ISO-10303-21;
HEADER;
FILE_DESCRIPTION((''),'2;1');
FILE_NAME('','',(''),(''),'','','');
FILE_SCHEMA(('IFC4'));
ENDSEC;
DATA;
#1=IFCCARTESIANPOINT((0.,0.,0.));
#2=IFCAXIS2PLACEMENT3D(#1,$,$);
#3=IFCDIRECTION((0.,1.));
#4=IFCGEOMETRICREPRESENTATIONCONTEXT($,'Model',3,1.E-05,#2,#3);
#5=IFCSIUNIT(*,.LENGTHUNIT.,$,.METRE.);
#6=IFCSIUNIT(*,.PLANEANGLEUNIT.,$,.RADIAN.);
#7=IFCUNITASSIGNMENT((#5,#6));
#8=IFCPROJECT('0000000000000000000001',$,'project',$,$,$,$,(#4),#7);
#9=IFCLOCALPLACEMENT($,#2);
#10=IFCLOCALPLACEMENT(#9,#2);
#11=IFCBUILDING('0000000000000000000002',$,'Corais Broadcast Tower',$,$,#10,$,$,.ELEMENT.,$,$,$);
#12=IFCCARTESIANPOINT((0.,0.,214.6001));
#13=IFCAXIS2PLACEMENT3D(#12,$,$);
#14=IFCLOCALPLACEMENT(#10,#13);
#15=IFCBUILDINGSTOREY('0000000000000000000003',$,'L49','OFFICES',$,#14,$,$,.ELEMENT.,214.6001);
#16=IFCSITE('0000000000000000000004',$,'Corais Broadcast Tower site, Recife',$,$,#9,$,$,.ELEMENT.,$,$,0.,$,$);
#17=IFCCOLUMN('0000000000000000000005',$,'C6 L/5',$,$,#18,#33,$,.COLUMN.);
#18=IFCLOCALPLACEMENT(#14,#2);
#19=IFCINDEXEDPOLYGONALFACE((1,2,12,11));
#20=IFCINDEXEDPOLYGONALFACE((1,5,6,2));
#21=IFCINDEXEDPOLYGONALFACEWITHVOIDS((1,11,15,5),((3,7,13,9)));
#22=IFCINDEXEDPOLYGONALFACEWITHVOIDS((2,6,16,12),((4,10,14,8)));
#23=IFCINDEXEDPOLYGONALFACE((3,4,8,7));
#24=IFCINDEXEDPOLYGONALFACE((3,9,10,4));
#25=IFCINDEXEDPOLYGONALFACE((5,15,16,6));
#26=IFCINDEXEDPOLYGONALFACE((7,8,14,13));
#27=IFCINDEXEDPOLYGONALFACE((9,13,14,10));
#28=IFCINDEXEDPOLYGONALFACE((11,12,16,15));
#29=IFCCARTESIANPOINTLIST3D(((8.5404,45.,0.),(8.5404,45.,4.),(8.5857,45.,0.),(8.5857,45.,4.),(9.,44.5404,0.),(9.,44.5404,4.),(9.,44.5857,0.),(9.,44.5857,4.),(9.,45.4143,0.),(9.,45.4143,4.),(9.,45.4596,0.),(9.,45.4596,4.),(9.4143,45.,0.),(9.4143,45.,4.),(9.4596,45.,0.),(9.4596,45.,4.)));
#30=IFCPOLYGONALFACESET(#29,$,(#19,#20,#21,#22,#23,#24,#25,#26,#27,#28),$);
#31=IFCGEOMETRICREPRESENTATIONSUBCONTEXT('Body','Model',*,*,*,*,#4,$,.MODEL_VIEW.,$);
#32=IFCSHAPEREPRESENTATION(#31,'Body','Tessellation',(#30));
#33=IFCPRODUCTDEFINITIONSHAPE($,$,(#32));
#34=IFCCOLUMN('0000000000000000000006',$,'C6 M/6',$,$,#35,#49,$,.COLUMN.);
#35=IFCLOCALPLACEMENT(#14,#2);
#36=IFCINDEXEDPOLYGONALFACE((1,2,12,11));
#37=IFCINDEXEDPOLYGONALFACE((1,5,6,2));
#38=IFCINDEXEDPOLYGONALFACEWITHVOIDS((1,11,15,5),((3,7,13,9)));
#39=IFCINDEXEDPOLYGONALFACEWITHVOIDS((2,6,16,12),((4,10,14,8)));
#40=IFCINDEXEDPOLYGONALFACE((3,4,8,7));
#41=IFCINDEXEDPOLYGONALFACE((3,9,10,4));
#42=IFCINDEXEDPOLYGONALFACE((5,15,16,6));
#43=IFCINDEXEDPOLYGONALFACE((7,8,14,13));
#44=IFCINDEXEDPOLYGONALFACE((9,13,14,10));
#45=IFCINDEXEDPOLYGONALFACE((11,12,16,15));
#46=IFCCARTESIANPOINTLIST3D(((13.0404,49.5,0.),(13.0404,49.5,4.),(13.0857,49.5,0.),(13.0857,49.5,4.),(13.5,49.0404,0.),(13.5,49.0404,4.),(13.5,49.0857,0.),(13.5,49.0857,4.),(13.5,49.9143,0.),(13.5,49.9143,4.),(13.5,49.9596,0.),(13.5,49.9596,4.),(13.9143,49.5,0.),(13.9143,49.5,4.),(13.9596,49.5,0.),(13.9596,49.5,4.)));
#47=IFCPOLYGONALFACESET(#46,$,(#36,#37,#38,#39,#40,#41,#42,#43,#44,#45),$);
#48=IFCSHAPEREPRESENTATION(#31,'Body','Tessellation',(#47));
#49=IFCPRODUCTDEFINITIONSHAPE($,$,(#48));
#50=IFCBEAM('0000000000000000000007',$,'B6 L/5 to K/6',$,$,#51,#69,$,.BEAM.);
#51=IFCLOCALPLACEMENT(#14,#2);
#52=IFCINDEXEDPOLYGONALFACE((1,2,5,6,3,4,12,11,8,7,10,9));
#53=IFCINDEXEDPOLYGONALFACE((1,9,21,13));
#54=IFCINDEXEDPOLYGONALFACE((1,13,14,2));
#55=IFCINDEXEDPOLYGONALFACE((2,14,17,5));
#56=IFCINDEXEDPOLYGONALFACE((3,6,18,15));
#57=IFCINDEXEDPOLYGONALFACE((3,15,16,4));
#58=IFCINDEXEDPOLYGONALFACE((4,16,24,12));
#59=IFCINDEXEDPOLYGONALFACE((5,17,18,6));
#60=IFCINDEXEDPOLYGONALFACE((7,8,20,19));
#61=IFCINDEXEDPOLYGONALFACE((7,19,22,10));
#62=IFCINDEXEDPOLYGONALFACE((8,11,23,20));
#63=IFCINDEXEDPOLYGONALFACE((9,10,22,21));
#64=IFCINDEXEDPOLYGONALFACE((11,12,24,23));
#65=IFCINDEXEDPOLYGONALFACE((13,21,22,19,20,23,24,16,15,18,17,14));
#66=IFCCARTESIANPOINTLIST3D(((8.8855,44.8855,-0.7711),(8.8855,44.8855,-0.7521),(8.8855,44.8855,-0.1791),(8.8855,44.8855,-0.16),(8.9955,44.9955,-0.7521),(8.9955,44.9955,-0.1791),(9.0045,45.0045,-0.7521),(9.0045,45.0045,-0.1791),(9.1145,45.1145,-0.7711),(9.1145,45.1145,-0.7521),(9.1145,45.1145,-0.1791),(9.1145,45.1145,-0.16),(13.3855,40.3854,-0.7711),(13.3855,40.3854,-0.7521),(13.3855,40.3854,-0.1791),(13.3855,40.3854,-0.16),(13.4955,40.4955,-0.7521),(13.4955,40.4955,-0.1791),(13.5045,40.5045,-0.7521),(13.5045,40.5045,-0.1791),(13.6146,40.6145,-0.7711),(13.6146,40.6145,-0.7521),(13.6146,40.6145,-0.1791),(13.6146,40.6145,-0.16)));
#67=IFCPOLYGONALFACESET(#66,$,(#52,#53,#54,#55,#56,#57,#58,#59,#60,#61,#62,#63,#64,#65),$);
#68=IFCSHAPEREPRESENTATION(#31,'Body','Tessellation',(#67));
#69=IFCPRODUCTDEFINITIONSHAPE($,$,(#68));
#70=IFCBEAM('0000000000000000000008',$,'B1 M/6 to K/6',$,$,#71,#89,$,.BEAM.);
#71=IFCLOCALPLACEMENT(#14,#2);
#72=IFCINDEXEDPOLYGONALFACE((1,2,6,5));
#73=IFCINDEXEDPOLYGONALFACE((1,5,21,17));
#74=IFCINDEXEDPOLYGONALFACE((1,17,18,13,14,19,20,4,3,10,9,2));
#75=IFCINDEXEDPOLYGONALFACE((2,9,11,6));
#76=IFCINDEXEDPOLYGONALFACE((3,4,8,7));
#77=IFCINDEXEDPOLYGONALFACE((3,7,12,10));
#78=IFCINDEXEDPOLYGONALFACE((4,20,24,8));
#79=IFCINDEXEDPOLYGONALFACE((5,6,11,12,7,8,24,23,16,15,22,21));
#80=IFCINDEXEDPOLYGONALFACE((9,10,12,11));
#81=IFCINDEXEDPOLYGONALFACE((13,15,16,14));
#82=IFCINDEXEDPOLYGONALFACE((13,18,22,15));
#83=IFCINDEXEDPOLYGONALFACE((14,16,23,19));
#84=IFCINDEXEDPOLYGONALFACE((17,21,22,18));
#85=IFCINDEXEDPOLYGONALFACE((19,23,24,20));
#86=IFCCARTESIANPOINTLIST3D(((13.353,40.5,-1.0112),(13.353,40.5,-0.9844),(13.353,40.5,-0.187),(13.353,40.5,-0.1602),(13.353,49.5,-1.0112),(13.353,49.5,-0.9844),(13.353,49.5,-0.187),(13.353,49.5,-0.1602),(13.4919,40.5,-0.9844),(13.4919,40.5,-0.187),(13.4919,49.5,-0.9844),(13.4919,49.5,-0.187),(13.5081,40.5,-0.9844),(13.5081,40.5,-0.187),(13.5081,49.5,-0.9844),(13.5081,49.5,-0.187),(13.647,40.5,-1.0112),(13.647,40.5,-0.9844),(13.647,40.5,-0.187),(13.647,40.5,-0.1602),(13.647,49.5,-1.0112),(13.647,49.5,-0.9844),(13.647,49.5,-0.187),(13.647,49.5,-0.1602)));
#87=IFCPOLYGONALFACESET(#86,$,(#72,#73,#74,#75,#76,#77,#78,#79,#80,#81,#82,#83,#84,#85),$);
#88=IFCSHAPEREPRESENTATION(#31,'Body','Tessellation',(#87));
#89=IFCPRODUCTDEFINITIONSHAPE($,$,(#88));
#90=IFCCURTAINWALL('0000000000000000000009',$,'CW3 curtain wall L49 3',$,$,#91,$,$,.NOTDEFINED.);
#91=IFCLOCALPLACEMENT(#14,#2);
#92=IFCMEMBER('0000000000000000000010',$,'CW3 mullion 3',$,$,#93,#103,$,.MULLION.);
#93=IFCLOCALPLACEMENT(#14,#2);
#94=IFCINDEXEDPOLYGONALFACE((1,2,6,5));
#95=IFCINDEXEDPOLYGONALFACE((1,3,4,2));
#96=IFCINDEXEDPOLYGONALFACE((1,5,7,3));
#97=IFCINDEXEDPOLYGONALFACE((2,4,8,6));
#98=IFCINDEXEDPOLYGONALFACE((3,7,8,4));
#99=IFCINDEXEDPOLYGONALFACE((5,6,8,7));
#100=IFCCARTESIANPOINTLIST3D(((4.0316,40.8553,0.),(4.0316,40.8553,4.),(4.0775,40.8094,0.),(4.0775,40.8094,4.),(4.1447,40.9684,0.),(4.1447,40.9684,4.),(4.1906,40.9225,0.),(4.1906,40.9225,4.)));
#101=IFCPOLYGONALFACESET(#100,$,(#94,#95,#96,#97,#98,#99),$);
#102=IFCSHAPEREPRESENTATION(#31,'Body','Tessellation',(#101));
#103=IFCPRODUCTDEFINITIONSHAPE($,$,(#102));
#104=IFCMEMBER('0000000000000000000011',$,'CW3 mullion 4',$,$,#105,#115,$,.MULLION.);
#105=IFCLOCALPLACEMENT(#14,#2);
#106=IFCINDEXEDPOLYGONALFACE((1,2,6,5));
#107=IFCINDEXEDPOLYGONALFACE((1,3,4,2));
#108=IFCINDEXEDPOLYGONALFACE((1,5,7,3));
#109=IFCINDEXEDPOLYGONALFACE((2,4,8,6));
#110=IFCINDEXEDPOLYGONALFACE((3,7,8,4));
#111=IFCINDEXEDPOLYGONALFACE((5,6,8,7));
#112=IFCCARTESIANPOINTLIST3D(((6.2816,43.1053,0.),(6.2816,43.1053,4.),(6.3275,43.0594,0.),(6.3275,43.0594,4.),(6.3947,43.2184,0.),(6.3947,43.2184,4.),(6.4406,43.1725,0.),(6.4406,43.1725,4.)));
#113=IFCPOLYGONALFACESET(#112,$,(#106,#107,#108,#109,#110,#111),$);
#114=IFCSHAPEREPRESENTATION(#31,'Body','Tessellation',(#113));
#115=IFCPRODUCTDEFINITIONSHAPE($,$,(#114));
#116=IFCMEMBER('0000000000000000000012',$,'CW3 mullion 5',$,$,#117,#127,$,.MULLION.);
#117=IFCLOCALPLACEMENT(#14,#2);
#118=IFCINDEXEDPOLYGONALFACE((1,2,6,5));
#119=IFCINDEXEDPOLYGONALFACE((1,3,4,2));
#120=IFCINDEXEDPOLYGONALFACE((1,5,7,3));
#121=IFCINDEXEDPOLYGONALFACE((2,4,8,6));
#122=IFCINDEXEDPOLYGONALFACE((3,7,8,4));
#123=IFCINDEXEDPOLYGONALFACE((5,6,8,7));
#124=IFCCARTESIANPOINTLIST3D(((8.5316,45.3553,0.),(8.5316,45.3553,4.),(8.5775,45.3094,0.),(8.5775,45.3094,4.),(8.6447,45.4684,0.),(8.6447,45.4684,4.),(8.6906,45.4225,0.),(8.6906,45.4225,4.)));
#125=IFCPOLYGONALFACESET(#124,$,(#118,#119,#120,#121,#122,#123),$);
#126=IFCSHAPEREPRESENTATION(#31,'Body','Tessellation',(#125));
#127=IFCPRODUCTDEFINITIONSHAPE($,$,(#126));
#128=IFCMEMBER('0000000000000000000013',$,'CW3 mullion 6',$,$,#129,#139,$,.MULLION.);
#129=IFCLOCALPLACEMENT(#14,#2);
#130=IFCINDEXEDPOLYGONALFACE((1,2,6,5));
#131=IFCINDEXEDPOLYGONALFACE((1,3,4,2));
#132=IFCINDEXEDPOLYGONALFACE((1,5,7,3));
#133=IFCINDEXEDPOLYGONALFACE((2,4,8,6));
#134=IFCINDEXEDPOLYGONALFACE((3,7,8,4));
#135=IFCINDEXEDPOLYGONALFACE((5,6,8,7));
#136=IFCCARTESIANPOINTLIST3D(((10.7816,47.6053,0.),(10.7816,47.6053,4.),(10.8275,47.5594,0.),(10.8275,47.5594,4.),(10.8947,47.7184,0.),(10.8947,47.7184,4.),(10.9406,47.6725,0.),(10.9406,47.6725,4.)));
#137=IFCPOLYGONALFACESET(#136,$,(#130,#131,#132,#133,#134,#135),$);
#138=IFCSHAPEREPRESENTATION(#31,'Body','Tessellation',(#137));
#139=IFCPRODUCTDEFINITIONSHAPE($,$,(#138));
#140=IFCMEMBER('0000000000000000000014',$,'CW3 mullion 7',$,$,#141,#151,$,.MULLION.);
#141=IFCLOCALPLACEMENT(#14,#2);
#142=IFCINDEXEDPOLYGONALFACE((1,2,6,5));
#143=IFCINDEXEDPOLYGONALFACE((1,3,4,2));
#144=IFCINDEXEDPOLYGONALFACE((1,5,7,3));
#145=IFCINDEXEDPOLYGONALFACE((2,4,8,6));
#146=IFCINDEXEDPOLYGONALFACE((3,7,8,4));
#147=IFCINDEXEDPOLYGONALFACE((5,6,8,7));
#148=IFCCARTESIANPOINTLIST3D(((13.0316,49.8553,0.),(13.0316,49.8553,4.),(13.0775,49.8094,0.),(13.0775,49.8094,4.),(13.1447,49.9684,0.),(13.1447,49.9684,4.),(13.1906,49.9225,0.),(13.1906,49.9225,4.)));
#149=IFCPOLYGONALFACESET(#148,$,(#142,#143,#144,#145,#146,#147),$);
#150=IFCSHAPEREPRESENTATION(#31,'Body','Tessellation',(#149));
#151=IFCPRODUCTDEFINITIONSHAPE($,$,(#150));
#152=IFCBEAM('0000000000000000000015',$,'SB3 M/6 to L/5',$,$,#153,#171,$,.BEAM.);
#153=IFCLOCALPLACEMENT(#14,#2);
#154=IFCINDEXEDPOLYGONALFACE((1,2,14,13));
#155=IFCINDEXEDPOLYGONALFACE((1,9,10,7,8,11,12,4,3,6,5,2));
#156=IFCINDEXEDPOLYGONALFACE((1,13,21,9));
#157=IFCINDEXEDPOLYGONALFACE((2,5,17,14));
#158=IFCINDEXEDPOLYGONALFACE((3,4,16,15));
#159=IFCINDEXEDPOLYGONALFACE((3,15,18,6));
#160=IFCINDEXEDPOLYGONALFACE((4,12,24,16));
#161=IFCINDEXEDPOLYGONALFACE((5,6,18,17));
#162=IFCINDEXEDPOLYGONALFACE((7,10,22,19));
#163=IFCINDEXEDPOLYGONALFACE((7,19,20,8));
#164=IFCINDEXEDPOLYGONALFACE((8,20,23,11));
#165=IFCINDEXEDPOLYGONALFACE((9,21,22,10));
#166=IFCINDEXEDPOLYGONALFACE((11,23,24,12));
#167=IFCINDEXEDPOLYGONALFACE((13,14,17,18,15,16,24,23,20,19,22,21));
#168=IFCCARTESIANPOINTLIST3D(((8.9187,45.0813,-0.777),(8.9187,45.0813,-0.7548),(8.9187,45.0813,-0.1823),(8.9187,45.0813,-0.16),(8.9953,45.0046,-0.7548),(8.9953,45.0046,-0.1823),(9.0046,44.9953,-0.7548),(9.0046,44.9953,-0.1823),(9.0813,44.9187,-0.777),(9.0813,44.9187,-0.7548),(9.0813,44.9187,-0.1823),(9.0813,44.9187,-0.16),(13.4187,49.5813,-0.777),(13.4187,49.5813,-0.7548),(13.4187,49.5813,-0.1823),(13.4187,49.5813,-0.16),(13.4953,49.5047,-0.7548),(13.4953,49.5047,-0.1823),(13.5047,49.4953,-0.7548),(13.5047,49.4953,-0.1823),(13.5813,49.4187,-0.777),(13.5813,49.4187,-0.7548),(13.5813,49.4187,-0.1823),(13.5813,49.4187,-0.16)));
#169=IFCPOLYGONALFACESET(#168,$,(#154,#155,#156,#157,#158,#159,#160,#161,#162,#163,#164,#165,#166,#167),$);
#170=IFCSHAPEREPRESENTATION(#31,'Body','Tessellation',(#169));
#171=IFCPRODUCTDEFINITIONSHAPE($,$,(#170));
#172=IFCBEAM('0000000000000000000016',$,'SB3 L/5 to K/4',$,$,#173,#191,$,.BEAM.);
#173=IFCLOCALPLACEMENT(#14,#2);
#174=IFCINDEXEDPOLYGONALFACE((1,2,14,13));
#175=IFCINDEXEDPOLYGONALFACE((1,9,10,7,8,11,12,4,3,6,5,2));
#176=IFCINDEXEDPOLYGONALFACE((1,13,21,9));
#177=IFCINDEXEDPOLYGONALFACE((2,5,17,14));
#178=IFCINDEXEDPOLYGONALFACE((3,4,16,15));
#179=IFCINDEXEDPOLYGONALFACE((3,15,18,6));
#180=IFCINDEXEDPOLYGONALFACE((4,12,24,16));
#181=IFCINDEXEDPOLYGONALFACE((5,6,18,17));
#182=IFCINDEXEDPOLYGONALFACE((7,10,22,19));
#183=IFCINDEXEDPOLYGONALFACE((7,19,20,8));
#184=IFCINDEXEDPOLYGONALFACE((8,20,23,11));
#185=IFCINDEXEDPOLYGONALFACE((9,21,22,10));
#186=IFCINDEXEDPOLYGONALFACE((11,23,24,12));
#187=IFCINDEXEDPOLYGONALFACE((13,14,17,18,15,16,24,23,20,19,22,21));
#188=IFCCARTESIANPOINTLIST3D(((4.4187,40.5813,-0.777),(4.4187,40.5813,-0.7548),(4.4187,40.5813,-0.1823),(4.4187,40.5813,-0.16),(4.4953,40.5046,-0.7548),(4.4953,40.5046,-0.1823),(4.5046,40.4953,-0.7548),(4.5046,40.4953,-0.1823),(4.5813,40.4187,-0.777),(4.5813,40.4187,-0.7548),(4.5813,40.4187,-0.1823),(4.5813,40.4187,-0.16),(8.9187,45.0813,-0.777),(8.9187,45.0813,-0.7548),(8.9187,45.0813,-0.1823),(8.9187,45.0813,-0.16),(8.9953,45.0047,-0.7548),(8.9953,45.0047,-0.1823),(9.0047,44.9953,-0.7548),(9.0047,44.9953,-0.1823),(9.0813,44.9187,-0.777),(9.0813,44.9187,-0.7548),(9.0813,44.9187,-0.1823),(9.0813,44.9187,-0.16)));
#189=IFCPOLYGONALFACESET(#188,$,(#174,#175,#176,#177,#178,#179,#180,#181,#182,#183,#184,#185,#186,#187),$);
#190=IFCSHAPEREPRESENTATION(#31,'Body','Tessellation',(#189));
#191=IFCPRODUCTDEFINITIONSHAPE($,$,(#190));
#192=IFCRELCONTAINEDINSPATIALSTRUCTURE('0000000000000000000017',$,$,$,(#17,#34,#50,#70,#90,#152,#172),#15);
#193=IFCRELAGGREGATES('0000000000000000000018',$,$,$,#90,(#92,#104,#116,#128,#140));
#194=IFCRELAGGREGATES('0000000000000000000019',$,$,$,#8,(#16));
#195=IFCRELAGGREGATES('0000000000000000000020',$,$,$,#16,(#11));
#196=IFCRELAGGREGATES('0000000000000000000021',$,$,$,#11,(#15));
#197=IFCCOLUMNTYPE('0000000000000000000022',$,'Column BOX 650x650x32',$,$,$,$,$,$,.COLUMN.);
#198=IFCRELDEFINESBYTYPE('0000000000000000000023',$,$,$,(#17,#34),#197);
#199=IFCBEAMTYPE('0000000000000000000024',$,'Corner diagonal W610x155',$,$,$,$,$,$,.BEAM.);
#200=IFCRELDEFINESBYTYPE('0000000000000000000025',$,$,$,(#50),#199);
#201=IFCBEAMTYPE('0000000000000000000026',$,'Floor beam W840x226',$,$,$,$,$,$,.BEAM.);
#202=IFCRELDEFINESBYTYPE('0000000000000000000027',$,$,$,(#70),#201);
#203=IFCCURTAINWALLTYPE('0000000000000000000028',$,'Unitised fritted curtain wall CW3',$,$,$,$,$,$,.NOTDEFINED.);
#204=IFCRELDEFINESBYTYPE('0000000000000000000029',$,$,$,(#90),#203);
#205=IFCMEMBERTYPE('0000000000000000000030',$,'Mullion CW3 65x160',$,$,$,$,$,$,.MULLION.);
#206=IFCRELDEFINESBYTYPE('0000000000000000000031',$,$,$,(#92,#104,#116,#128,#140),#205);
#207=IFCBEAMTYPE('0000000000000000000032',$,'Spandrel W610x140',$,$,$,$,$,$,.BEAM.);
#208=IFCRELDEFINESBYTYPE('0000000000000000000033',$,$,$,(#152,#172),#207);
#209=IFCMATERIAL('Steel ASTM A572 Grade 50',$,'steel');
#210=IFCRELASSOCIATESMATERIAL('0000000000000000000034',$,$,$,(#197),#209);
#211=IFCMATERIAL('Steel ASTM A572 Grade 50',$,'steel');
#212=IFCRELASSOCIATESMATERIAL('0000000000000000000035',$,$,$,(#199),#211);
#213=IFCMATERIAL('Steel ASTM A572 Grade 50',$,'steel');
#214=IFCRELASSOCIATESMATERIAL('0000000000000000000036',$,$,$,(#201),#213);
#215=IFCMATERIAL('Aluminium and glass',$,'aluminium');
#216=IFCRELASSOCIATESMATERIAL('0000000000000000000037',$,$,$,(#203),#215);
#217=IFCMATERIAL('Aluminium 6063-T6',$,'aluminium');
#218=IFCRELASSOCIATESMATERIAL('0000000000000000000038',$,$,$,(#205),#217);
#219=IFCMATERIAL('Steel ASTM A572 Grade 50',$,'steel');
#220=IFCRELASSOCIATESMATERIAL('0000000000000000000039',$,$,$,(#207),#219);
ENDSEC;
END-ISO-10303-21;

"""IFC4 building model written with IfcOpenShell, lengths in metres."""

from ifc_helpers import new_model, si_unit, direction, frame, origin, origin_2d, place, context, subcontext, project, spatial, rectangle, hollow_rectangle, i_section, extrude, material, material_profile, profile_set, type_object, element, aggregate, save


model = new_model("IFC4")

# Units and contexts
model_context = context("Model", 3, precision=1e-05, world=origin(), true_north=direction((0.0, 1.0)))
body_context = subcontext(model_context, "Body", "Model", "MODEL_VIEW")
ifc_project = project(units=[si_unit("LENGTHUNIT", "METRE"), si_unit("PLANEANGLEUNIT", "RADIAN")], contexts=[model_context])

# Site, building, storey
site_placement = place(None, origin())
site = spatial("IfcSite", under=ifc_project, at=site_placement, Name="Corais Broadcast Tower site, Recife", CompositionType="ELEMENT", RefElevation=0.0)
building_placement = place(site_placement, origin())
building = spatial("IfcBuilding", under=site, at=building_placement, Name="Corais Broadcast Tower", CompositionType="ELEMENT")
storey_placement = place(building_placement, frame((0.0, 0.0, 214.6001)))
storey = spatial("IfcBuildingStorey", under=building, at=storey_placement, Name="L49", Description="OFFICES", CompositionType="ELEMENT", Elevation=214.6001)

# Columns
ifc_material_1 = material(Name="Steel ASTM A572 Grade 50", Category="steel")
ifc_material_profile_1 = material_profile(ifc_material_1, hollow_rectangle(XDim=0.6499, YDim=0.6499, WallThickness=0.032, at=origin_2d()), Name="BOX 650x650x32")
ifc_profile_set_1 = profile_set([ifc_material_profile_1], Name="Steel ASTM A572 Grade 50")
column_type = type_object("IfcColumnType", Name="Column BOX 650x650x32", PredefinedType="COLUMN", material=ifc_profile_set_1)
for number, where, z_axis, x_axis, name in (
    (1, (9.0, 45.0, 0.0), (0.0, 0.0, 1.0), (0.707107, 0.707107, 0.0), "C6 L/5"),
    (2, (13.5, 49.5, 0.0), (0.0, 0.0, 1.0), (0.707107, 0.707107, 0.0), "C6 M/6"),
):
    element("IfcColumn", number, at=place(storey_placement, frame(where, z_axis=z_axis, x_axis=x_axis)), inside=storey, type_object=column_type, Name=name, PredefinedType="COLUMN", context=body_context, shape_type="SweptSolid", body=[
        extrude(hollow_rectangle(XDim=0.6499, YDim=0.6499, WallThickness=0.032, at=origin_2d()), origin(), (0.0, 0.0, 1.0), 4.0),
    ])

# Beams
ifc_material_2 = material(Name="Steel ASTM A572 Grade 50", Category="steel")
ifc_material_profile_2 = material_profile(ifc_material_2, i_section(OverallWidth=0.324, OverallDepth=0.6111, WebThickness=0.0127, FlangeThickness=0.019, at=origin_2d()), Name="W610x155")
ifc_profile_set_2 = profile_set([ifc_material_profile_2], Name="Steel ASTM A572 Grade 50")
beam_type_1 = type_object("IfcBeamType", Name="Corner diagonal W610x155", PredefinedType="BEAM", material=ifc_profile_set_2)
beam_1_placement = place(storey_placement, frame((9.0, 45.0, -0.4656), z_axis=(0.707107, -0.707107, 0.0), x_axis=(0.707107, 0.707107, 0.0)))
element("IfcBeam", 3, at=beam_1_placement, inside=storey, type_object=beam_type_1, Name="B6 L/5 to K/6", PredefinedType="BEAM", context=body_context, shape_type="SweptSolid", body=[
    extrude(i_section(OverallWidth=0.324, OverallDepth=0.6111, WebThickness=0.0127, FlangeThickness=0.019, at=origin_2d()), origin(), (0.0, 0.0, 1.0), 6.364),
])
ifc_material_3 = material(Name="Steel ASTM A572 Grade 50", Category="steel")
ifc_material_profile_3 = material_profile(ifc_material_3, i_section(OverallWidth=0.2939, OverallDepth=0.8511, WebThickness=0.0161, FlangeThickness=0.0269, at=origin_2d()), Name="W840x226")
ifc_profile_set_3 = profile_set([ifc_material_profile_3], Name="Steel ASTM A572 Grade 50")
beam_type_2 = type_object("IfcBeamType", Name="Floor beam W840x226", PredefinedType="BEAM", material=ifc_profile_set_3)
beam_2_placement = place(storey_placement, frame((13.5, 49.5, -0.5857), z_axis=(0.0, -1.0, 0.0), x_axis=(1.0, 0.0, 0.0)))
element("IfcBeam", 4, at=beam_2_placement, inside=storey, type_object=beam_type_2, Name="B1 M/6 to K/6", PredefinedType="BEAM", context=body_context, shape_type="SweptSolid", body=[
    extrude(i_section(OverallWidth=0.2939, OverallDepth=0.8511, WebThickness=0.0161, FlangeThickness=0.0269, at=origin_2d()), origin(), (0.0, 0.0, 1.0), 9.0),
])

# Curtain wall, members
ifc_material_4 = material(Name="Aluminium and glass", Category="aluminium")
curtain_wall_type = type_object("IfcCurtainWallType", Name="Unitised fritted curtain wall CW3", PredefinedType="NOTDEFINED", material=ifc_material_4)
curtain_wall_placement = place(storey_placement, origin())
curtain_wall = element("IfcCurtainWall", 5, at=curtain_wall_placement, inside=storey, type_object=curtain_wall_type, Name="CW3 curtain wall L49 3", PredefinedType="NOTDEFINED")
ifc_material_5 = material(Name="Aluminium 6063-T6", Category="aluminium")
ifc_material_profile_4 = material_profile(ifc_material_5, rectangle(XDim=0.0649, YDim=0.1599, at=origin_2d()), Name="Mullion CW3 65x160")
ifc_profile_set_4 = profile_set([ifc_material_profile_4], Name="Aluminium 6063-T6")
member_type_1 = type_object("IfcMemberType", Name="Mullion CW3 65x160", PredefinedType="MULLION", material=ifc_profile_set_4)
member_1_placement = place(storey_placement, frame((4.1111, 40.8889, 0.0), z_axis=(0.0, 0.0, 1.0), x_axis=(-0.707107, 0.707107, 0.0)))
member_1 = element("IfcMember", 6, at=member_1_placement, type_object=member_type_1, Name="CW3 mullion 3", PredefinedType="MULLION", context=body_context, shape_type="SweptSolid", body=[
    extrude(rectangle(XDim=0.0649, YDim=0.1599, at=origin_2d()), origin(), (0.0, 0.0, 1.0), 4.0),
])
member_2_placement = place(storey_placement, frame((6.3611, 43.1389, 0.0), z_axis=(0.0, 0.0, 1.0), x_axis=(-0.707107, 0.707107, 0.0)))
member_2 = element("IfcMember", 7, at=member_2_placement, type_object=member_type_1, Name="CW3 mullion 4", PredefinedType="MULLION", context=body_context, shape_type="SweptSolid", body=[
    extrude(rectangle(XDim=0.0649, YDim=0.1599, at=origin_2d()), origin(), (0.0, 0.0, 1.0), 4.0),
])
member_3_placement = place(storey_placement, frame((8.6111, 45.3889, 0.0), z_axis=(0.0, 0.0, 1.0), x_axis=(-0.707107, 0.707107, 0.0)))
member_3 = element("IfcMember", 8, at=member_3_placement, type_object=member_type_1, Name="CW3 mullion 5", PredefinedType="MULLION", context=body_context, shape_type="SweptSolid", body=[
    extrude(rectangle(XDim=0.0649, YDim=0.1599, at=origin_2d()), origin(), (0.0, 0.0, 1.0), 4.0),
])
member_4_placement = place(storey_placement, frame((10.8611, 47.6389, 0.0), z_axis=(0.0, 0.0, 1.0), x_axis=(-0.707107, 0.707107, 0.0)))
member_4 = element("IfcMember", 9, at=member_4_placement, type_object=member_type_1, Name="CW3 mullion 6", PredefinedType="MULLION", context=body_context, shape_type="SweptSolid", body=[
    extrude(rectangle(XDim=0.0649, YDim=0.1599, at=origin_2d()), origin(), (0.0, 0.0, 1.0), 4.0),
])
member_5_placement = place(storey_placement, frame((13.1111, 49.8889, 0.0), z_axis=(0.0, 0.0, 1.0), x_axis=(-0.707107, 0.707107, 0.0)))
member_5 = element("IfcMember", 10, at=member_5_placement, type_object=member_type_1, Name="CW3 mullion 7", PredefinedType="MULLION", context=body_context, shape_type="SweptSolid", body=[
    extrude(rectangle(XDim=0.0649, YDim=0.1599, at=origin_2d()), origin(), (0.0, 0.0, 1.0), 4.0),
])

# Beams
ifc_material_6 = material(Name="Steel ASTM A572 Grade 50", Category="steel")
ifc_material_profile_5 = material_profile(ifc_material_6, i_section(OverallWidth=0.23, OverallDepth=0.6169, WebThickness=0.0132, FlangeThickness=0.0222, at=origin_2d()), Name="W610x140")
ifc_profile_set_5 = profile_set([ifc_material_profile_5], Name="Steel ASTM A572 Grade 50")
beam_type_3 = type_object("IfcBeamType", Name="Spandrel W610x140", PredefinedType="BEAM", material=ifc_profile_set_5)
for number, where, z_axis, x_axis, name in (
    (11, (13.5, 49.5, -0.4685), (-0.707107, -0.707107, 0.0), (0.707107, -0.707107, 0.0), "SB3 M/6 to L/5"),
    (12, (9.0, 45.0, -0.4685), (-0.707107, -0.707107, 0.0), (0.707107, -0.707107, 0.0), "SB3 L/5 to K/4"),
):
    element("IfcBeam", number, at=place(storey_placement, frame(where, z_axis=z_axis, x_axis=x_axis)), inside=storey, type_object=beam_type_3, Name=name, PredefinedType="BEAM", context=body_context, shape_type="SweptSolid", body=[
        extrude(i_section(OverallWidth=0.23, OverallDepth=0.6169, WebThickness=0.0132, FlangeThickness=0.0222, at=origin_2d()), origin(), (0.0, 0.0, 1.0), 6.364),
    ])

aggregate(curtain_wall, [member_1, member_2, member_3, member_4, member_5])

save(model, "model.ifc")
